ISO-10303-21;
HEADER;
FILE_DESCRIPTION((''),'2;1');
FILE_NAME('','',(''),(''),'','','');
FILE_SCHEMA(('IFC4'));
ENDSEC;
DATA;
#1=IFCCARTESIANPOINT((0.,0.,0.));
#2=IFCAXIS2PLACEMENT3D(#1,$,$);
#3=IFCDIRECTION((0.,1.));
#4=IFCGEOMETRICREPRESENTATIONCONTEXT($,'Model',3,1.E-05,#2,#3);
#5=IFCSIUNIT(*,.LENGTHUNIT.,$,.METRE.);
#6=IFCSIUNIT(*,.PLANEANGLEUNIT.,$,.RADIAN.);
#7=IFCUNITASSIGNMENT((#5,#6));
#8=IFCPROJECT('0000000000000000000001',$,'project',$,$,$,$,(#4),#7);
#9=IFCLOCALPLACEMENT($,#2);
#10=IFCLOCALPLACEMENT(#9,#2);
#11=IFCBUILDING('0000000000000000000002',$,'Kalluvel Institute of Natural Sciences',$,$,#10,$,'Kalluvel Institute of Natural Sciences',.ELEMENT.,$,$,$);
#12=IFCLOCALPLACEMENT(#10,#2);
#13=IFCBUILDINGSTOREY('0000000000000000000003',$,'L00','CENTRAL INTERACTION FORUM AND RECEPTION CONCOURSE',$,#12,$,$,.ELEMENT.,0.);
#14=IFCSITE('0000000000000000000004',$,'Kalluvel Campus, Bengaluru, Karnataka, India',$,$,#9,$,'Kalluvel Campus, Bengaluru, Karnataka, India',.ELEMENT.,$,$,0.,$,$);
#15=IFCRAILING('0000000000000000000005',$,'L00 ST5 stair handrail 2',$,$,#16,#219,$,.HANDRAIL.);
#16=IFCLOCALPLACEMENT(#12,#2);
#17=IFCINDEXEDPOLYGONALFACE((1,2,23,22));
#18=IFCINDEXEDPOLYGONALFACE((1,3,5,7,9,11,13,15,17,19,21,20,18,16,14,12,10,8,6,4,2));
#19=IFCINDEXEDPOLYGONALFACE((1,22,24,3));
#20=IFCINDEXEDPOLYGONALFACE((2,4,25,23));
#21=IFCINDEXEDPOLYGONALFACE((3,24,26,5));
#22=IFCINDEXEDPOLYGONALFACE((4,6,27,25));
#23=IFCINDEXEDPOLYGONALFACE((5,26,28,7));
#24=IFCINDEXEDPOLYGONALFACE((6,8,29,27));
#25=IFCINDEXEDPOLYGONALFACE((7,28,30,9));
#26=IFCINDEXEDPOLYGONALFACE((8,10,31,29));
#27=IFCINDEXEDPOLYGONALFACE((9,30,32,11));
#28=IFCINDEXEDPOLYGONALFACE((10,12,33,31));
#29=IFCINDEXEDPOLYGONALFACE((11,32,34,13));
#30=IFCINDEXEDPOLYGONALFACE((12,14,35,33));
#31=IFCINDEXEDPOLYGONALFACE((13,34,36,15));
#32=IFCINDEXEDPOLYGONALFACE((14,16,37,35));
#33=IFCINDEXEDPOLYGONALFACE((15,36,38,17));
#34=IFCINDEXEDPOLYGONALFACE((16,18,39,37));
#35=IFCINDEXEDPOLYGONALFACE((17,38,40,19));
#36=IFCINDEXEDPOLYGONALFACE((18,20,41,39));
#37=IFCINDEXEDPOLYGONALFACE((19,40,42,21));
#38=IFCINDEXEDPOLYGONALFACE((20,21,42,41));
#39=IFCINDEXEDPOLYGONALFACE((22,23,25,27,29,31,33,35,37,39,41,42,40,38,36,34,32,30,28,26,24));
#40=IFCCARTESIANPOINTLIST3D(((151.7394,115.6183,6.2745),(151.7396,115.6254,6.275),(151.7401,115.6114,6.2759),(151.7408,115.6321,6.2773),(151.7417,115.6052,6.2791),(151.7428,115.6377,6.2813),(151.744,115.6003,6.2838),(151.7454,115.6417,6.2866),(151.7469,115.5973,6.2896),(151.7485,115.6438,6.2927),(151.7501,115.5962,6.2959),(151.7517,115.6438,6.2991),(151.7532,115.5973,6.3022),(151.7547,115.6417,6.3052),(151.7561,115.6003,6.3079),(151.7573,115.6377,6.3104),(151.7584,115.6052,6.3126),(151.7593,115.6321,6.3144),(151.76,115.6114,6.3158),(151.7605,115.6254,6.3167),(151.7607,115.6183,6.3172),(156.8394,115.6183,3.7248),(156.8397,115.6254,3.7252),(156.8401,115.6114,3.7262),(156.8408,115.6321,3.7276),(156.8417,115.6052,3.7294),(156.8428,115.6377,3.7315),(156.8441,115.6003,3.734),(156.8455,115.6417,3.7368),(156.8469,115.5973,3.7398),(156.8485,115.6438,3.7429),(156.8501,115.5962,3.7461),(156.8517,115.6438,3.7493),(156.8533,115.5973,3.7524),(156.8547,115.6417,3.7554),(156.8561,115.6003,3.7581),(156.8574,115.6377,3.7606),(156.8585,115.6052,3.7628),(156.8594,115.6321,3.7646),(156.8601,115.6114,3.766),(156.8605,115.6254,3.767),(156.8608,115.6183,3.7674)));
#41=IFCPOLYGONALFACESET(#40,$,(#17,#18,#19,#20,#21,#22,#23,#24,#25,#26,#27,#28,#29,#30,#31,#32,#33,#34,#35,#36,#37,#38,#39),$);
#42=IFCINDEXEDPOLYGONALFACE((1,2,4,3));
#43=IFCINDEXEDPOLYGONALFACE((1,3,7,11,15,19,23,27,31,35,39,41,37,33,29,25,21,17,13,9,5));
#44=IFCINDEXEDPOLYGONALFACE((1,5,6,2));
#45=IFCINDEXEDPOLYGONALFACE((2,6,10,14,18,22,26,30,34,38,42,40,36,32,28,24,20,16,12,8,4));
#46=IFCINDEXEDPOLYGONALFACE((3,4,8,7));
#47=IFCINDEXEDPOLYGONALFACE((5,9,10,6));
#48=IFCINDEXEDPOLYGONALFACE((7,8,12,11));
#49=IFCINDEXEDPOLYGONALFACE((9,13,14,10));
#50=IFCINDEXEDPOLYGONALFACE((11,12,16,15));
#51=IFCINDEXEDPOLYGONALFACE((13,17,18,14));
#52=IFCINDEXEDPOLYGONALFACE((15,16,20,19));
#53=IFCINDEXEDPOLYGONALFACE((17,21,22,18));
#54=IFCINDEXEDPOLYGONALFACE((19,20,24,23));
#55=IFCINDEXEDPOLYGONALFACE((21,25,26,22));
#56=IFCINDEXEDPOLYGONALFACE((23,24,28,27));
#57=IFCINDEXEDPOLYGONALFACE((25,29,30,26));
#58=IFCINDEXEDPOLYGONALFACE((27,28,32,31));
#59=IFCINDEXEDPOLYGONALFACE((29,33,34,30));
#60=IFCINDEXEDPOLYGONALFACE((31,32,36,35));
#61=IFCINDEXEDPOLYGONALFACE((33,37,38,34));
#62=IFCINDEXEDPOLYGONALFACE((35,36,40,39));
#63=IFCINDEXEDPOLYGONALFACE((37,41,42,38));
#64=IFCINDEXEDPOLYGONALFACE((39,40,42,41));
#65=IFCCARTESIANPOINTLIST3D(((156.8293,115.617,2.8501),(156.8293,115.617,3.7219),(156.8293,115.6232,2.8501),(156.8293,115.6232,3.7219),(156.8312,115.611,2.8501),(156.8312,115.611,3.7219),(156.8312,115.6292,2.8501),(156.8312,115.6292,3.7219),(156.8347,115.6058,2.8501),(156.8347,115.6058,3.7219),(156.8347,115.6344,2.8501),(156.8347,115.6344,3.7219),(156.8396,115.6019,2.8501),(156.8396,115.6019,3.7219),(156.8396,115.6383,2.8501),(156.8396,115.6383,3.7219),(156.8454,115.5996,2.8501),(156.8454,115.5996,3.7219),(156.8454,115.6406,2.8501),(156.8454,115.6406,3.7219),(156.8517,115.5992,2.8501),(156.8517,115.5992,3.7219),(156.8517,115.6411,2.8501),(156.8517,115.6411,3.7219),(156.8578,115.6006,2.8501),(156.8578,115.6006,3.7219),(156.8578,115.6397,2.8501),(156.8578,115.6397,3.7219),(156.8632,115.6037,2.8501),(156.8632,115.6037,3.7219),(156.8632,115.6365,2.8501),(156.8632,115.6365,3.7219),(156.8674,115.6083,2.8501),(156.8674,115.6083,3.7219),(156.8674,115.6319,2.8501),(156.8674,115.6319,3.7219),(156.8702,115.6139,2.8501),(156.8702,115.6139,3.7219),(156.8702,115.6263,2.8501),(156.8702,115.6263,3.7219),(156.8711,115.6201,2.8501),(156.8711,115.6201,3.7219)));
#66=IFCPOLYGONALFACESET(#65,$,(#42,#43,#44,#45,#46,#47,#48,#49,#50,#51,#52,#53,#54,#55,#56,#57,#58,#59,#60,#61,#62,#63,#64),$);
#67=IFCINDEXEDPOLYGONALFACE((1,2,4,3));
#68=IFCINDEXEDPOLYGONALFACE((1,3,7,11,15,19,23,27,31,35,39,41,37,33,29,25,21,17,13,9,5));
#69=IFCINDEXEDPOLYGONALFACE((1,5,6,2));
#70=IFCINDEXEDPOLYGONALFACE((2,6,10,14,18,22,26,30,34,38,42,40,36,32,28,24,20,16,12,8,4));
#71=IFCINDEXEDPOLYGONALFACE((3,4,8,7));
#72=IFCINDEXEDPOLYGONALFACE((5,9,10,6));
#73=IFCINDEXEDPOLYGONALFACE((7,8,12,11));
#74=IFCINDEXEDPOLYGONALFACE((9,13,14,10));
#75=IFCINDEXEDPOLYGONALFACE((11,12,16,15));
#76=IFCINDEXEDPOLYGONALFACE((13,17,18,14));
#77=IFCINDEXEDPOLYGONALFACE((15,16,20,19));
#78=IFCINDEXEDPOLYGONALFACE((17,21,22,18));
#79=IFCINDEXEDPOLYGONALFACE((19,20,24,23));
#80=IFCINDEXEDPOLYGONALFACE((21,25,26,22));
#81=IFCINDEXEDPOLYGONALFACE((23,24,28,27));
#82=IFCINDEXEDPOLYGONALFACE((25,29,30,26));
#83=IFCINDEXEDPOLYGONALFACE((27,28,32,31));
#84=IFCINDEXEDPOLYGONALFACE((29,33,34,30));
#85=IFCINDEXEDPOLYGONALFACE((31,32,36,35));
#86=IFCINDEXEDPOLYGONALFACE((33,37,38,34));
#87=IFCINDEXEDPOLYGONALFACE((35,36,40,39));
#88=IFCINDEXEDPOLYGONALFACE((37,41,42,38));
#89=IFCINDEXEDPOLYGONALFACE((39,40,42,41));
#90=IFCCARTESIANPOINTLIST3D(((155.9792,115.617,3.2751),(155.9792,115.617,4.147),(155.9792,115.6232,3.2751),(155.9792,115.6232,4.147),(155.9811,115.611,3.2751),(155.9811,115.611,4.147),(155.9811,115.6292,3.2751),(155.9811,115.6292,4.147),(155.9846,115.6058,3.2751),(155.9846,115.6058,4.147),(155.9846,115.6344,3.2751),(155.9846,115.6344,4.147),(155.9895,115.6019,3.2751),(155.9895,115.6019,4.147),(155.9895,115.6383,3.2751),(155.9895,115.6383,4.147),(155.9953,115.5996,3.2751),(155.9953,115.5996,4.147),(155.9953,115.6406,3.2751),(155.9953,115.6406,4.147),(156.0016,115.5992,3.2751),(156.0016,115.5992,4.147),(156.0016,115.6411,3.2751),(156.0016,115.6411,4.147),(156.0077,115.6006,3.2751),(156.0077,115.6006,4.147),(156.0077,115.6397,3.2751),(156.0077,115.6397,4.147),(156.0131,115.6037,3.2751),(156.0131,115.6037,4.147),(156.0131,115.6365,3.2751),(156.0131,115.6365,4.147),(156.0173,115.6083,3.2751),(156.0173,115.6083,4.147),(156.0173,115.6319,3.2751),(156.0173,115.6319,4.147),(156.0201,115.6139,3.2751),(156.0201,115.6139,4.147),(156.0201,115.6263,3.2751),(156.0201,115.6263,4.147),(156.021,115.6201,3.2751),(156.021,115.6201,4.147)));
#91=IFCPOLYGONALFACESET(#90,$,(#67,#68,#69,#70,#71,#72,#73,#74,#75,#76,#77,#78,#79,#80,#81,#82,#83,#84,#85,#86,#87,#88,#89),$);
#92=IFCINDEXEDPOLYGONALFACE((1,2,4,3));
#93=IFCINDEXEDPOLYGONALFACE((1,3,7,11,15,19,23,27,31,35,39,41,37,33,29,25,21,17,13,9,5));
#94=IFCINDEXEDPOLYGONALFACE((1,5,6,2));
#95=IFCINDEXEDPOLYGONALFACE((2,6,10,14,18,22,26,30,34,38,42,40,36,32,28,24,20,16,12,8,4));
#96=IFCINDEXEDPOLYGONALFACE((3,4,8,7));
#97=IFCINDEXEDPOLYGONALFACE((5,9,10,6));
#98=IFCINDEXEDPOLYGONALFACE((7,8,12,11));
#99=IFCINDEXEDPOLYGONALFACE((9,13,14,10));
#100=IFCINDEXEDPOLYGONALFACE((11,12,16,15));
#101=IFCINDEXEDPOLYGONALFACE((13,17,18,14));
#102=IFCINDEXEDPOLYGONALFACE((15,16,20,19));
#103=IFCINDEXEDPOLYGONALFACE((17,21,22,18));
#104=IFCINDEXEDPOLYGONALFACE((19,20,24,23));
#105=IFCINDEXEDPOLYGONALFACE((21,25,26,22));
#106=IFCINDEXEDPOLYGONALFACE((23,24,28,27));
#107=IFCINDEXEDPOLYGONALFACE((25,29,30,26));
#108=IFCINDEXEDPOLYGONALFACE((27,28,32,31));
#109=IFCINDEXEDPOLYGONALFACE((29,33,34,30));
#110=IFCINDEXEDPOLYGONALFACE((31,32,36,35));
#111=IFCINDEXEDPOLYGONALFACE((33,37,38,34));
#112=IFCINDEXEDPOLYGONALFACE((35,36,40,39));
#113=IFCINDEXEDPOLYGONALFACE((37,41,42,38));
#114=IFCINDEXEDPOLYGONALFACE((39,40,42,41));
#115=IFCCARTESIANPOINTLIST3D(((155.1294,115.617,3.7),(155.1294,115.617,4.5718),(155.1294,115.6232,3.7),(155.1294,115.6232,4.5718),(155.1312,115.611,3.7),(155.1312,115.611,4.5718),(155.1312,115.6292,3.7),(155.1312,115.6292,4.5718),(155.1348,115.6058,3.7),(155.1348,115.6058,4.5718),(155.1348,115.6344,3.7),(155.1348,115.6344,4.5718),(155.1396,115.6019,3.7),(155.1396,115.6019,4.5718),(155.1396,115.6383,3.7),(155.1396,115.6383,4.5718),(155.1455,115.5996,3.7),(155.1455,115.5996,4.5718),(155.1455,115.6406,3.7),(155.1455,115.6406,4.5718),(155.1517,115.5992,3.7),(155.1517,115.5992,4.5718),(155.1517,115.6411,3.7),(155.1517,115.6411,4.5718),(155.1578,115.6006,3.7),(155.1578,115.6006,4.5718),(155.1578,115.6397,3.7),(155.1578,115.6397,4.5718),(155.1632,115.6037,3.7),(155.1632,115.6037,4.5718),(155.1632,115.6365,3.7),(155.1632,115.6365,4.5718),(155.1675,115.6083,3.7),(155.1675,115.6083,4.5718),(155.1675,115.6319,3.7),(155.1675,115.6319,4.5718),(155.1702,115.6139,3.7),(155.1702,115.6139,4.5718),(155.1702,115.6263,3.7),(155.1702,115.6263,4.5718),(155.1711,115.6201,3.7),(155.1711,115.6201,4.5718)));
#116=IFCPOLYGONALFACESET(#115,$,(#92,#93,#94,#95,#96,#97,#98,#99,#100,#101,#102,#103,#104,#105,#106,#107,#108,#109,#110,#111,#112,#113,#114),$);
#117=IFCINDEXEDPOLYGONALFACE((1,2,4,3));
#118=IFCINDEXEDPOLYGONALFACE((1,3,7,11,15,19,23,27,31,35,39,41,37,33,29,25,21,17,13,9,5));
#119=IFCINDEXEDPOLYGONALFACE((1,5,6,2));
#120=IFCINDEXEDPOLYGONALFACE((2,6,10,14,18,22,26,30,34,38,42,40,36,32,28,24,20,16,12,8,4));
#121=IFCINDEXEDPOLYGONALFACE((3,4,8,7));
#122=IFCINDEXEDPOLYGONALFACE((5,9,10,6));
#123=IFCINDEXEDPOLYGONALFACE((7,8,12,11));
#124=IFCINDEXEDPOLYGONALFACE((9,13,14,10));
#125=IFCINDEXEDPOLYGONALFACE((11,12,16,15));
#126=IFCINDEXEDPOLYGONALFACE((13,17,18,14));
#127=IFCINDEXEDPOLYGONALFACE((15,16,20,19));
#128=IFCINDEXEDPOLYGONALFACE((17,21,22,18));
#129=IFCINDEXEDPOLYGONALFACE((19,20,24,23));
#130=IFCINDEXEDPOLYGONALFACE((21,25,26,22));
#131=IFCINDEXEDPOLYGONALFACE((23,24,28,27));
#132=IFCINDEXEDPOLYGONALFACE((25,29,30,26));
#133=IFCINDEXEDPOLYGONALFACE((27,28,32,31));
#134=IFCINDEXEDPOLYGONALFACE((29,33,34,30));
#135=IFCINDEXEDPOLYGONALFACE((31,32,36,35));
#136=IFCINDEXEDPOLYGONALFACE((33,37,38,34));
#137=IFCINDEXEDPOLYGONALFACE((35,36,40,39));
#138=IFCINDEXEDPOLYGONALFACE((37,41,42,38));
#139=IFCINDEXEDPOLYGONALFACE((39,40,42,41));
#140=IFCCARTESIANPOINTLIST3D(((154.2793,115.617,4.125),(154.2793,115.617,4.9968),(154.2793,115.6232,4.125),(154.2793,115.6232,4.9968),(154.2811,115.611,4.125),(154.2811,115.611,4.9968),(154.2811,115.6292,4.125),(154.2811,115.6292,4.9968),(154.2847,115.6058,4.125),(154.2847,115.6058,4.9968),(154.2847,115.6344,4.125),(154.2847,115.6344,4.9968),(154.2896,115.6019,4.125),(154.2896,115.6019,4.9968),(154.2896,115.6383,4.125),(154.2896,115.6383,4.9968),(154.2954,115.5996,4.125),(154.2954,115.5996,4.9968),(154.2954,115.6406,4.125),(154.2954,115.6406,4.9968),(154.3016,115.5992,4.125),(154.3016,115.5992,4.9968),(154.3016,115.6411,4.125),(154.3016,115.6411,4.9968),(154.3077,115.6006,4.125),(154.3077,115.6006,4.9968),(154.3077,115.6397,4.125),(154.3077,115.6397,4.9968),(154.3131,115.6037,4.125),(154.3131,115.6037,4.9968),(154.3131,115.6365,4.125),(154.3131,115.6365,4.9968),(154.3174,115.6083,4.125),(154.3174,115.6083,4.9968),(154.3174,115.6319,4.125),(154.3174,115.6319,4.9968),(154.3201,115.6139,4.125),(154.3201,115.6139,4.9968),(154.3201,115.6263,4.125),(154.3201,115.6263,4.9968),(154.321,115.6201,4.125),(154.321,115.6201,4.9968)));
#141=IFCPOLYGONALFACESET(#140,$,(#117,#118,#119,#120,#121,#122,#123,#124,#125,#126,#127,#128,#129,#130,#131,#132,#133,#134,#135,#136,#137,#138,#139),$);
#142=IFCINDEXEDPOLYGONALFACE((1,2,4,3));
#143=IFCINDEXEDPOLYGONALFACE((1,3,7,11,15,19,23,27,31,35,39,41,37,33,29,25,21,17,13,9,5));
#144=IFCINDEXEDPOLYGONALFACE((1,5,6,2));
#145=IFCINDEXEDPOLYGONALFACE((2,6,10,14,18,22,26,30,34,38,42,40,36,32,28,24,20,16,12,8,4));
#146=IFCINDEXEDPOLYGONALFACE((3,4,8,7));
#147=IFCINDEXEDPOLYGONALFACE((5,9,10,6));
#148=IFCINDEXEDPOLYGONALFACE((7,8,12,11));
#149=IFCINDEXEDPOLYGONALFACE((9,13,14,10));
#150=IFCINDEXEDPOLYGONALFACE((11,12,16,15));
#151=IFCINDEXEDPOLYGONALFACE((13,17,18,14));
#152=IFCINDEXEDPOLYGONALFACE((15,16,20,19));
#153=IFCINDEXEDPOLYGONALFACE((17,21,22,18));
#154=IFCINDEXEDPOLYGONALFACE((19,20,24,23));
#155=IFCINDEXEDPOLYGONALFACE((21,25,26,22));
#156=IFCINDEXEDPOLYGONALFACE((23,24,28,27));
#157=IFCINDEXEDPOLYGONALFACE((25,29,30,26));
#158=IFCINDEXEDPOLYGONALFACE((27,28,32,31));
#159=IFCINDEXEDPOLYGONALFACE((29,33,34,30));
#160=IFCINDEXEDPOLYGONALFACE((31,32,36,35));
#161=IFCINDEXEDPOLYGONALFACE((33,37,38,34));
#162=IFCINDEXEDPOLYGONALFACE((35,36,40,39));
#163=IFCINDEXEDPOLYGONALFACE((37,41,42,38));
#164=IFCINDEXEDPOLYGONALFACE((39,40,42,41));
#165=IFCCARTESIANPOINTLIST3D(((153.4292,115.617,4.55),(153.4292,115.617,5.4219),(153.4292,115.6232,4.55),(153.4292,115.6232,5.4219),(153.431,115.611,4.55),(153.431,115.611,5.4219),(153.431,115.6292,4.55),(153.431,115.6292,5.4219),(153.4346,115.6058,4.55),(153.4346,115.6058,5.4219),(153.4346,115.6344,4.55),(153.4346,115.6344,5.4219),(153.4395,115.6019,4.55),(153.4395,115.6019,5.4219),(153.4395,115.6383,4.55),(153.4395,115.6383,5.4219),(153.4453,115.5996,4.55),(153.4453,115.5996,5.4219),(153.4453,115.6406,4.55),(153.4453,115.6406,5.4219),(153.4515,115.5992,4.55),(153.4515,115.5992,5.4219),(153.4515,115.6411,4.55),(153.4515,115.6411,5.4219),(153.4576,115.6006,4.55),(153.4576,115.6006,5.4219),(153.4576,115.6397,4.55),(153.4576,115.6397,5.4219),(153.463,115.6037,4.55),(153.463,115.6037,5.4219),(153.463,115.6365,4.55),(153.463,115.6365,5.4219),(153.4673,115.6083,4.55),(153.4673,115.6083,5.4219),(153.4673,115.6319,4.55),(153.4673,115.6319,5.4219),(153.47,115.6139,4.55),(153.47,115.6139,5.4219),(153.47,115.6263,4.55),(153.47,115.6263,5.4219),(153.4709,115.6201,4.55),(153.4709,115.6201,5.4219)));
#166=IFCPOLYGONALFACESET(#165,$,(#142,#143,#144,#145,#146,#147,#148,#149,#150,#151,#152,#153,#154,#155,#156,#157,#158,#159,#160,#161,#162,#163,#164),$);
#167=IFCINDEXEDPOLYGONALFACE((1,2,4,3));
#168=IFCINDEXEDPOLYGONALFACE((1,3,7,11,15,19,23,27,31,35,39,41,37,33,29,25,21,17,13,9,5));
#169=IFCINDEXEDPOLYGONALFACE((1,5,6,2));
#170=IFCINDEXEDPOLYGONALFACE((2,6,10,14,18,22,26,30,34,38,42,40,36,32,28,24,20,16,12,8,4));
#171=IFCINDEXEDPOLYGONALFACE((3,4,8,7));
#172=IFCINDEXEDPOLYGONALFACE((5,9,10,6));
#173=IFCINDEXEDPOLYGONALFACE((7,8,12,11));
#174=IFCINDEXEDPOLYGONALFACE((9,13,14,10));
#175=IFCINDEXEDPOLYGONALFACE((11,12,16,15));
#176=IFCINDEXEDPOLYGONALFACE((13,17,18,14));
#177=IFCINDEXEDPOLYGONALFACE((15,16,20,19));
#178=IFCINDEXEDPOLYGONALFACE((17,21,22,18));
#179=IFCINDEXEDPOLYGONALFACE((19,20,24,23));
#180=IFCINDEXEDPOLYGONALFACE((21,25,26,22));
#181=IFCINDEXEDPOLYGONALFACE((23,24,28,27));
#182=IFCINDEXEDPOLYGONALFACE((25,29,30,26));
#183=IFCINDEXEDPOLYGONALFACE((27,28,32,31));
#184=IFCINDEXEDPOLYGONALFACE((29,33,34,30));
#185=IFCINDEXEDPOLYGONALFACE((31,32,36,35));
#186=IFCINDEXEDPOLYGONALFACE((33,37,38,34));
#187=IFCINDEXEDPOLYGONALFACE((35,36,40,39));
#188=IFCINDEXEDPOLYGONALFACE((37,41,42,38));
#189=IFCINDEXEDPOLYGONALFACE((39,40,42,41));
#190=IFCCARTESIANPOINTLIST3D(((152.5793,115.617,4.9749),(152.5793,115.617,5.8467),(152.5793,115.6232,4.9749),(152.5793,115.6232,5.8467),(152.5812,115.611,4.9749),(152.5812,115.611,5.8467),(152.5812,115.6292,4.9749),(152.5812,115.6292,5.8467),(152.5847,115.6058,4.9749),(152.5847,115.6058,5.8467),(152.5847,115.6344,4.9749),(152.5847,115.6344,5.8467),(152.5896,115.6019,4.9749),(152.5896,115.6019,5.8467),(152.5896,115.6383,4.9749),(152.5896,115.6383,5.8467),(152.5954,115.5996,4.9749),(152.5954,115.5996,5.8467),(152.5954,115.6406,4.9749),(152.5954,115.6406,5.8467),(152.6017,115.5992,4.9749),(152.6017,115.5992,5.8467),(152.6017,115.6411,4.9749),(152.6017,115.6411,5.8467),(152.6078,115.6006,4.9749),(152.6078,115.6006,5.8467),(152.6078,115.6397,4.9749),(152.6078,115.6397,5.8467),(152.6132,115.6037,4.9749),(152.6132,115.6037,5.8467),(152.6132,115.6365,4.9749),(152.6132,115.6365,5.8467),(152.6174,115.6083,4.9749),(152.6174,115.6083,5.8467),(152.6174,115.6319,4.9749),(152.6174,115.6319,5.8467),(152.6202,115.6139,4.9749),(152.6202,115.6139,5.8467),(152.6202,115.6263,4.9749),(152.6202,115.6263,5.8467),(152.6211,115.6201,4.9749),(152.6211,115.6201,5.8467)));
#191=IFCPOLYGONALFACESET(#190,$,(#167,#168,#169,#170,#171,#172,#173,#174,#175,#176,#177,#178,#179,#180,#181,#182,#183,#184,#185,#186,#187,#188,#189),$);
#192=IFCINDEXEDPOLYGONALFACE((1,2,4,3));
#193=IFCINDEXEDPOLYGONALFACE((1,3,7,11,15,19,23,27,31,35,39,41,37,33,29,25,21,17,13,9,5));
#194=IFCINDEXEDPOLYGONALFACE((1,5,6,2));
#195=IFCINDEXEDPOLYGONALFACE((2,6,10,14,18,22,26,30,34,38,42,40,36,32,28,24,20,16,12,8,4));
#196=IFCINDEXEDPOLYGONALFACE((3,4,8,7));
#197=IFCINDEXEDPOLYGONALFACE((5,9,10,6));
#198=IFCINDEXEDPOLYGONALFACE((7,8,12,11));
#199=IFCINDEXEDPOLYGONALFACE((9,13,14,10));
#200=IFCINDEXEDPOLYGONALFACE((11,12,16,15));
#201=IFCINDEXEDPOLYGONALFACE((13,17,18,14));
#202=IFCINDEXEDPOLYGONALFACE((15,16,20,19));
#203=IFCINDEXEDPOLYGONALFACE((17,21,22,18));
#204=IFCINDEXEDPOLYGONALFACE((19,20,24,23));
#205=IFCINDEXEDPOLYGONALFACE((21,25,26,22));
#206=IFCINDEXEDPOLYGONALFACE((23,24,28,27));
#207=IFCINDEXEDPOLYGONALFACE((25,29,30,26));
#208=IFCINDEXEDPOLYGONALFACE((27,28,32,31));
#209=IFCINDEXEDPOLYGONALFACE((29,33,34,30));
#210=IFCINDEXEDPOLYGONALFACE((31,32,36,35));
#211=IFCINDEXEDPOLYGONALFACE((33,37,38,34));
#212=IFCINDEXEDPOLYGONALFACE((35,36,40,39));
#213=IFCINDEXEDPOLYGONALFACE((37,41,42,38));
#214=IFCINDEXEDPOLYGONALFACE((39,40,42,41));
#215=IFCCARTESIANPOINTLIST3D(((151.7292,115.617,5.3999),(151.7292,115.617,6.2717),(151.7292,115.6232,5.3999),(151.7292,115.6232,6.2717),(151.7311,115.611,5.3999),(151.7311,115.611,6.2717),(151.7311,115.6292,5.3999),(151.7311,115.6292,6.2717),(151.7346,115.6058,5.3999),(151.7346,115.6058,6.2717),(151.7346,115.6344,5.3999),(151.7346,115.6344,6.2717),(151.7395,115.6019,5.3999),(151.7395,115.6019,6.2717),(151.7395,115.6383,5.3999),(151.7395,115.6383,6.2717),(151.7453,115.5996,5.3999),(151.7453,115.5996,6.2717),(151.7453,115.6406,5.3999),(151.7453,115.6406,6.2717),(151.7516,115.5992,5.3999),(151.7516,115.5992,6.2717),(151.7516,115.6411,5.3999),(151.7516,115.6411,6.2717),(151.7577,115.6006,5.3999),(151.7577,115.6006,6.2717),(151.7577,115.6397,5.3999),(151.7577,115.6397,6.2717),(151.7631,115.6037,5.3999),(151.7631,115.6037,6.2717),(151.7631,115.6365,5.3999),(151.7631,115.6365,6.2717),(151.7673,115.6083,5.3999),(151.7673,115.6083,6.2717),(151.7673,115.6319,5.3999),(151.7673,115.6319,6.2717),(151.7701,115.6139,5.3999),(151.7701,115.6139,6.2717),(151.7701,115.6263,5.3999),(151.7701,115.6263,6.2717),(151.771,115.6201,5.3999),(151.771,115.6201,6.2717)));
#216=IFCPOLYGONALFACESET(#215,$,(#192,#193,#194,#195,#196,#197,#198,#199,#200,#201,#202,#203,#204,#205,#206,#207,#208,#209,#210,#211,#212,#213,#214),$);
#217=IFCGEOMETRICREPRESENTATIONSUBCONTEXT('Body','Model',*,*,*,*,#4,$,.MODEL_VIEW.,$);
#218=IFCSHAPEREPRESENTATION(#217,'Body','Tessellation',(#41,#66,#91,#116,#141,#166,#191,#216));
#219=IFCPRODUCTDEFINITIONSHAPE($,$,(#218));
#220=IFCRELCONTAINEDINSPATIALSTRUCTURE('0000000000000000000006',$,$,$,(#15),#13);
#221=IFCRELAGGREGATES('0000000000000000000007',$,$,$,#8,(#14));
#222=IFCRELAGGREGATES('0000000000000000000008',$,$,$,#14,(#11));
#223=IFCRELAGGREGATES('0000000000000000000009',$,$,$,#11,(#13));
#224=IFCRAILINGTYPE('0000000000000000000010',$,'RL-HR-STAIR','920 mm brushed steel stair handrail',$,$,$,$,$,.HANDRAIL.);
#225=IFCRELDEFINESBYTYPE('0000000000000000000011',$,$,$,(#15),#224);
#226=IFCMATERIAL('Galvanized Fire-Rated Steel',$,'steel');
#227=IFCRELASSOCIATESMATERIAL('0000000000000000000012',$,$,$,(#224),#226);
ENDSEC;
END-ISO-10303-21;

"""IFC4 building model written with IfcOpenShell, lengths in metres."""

from ifc_helpers import new_model, si_unit, direction, frame, origin, origin_2d, place, context, subcontext, project, spatial, circle, extrude, material, type_object, element, save


model = new_model("IFC4")

# Units and contexts
model_context = context("Model", 3, precision=1e-05, world=origin(), true_north=direction((0.0, 1.0)))
body_context = subcontext(model_context, "Body", "Model", "MODEL_VIEW")
ifc_project = project(units=[si_unit("LENGTHUNIT", "METRE"), si_unit("PLANEANGLEUNIT", "RADIAN")], contexts=[model_context])

# Site, building, storey
site_placement = place(None, origin())
site = spatial("IfcSite", under=ifc_project, at=site_placement, Name="Kalluvel Campus, Bengaluru, Karnataka, India", LongName="Kalluvel Campus, Bengaluru, Karnataka, India", CompositionType="ELEMENT", RefElevation=0.0)
building_placement = place(site_placement, origin())
building = spatial("IfcBuilding", under=site, at=building_placement, Name="Kalluvel Institute of Natural Sciences", LongName="Kalluvel Institute of Natural Sciences", CompositionType="ELEMENT")
storey_placement = place(building_placement, origin())
storey = spatial("IfcBuildingStorey", under=building, at=storey_placement, Name="L00", Description="CENTRAL INTERACTION FORUM AND RECEPTION CONCOURSE", CompositionType="ELEMENT", Elevation=0.0)

# Shared definitions
ifc_material_1 = material(Name="Galvanized Fire-Rated Steel", Category="steel")

# Railing
railing_type_1 = type_object("IfcRailingType", Name="RL-HR-STAIR", Description="920 mm brushed steel stair handrail", PredefinedType="HANDRAIL", material=ifc_material_1)
railing_1_placement = place(storey_placement, frame((156.8501, 115.6201, 2.8501)))
element("IfcRailing", 1, at=railing_1_placement, inside=storey, type_object=railing_type_1, Name="L00 ST5 stair handrail 2", PredefinedType="HANDRAIL", context=body_context, shape_type="SweptSolid", body=[
    extrude(circle(Radius=0.0239, at=origin_2d()), frame((0.0, 0.0, 0.896), z_axis=(-0.894444, 0.0, 0.447179), x_axis=(0.0, -1.0, 0.0)), (0.0, 0.0, 1.0), 5.7019),
    extrude(circle(Radius=0.021, at=origin_2d()), origin(), (0.0, 0.0, 1.0), 0.8718),
    extrude(circle(Radius=0.021, at=origin_2d()), frame((-0.8501, 0.0, 0.425)), (0.0, 0.0, 1.0), 0.8718),
    extrude(circle(Radius=0.021, at=origin_2d()), frame((-1.7, 0.0, 0.8499)), (0.0, 0.0, 1.0), 0.8718),
    extrude(circle(Radius=0.021, at=origin_2d()), frame((-2.55, 0.0, 1.2749)), (0.0, 0.0, 1.0), 0.8718),
    extrude(circle(Radius=0.021, at=origin_2d()), frame((-3.4001, 0.0, 1.7)), (0.0, 0.0, 1.0), 0.8718),
    extrude(circle(Radius=0.021, at=origin_2d()), frame((-4.25, 0.0, 2.1248)), (0.0, 0.0, 1.0), 0.8718),
    extrude(circle(Radius=0.021, at=origin_2d()), frame((-5.1001, 0.0, 2.5498)), (0.0, 0.0, 1.0), 0.8718),
])

save(model, "model.ifc")
